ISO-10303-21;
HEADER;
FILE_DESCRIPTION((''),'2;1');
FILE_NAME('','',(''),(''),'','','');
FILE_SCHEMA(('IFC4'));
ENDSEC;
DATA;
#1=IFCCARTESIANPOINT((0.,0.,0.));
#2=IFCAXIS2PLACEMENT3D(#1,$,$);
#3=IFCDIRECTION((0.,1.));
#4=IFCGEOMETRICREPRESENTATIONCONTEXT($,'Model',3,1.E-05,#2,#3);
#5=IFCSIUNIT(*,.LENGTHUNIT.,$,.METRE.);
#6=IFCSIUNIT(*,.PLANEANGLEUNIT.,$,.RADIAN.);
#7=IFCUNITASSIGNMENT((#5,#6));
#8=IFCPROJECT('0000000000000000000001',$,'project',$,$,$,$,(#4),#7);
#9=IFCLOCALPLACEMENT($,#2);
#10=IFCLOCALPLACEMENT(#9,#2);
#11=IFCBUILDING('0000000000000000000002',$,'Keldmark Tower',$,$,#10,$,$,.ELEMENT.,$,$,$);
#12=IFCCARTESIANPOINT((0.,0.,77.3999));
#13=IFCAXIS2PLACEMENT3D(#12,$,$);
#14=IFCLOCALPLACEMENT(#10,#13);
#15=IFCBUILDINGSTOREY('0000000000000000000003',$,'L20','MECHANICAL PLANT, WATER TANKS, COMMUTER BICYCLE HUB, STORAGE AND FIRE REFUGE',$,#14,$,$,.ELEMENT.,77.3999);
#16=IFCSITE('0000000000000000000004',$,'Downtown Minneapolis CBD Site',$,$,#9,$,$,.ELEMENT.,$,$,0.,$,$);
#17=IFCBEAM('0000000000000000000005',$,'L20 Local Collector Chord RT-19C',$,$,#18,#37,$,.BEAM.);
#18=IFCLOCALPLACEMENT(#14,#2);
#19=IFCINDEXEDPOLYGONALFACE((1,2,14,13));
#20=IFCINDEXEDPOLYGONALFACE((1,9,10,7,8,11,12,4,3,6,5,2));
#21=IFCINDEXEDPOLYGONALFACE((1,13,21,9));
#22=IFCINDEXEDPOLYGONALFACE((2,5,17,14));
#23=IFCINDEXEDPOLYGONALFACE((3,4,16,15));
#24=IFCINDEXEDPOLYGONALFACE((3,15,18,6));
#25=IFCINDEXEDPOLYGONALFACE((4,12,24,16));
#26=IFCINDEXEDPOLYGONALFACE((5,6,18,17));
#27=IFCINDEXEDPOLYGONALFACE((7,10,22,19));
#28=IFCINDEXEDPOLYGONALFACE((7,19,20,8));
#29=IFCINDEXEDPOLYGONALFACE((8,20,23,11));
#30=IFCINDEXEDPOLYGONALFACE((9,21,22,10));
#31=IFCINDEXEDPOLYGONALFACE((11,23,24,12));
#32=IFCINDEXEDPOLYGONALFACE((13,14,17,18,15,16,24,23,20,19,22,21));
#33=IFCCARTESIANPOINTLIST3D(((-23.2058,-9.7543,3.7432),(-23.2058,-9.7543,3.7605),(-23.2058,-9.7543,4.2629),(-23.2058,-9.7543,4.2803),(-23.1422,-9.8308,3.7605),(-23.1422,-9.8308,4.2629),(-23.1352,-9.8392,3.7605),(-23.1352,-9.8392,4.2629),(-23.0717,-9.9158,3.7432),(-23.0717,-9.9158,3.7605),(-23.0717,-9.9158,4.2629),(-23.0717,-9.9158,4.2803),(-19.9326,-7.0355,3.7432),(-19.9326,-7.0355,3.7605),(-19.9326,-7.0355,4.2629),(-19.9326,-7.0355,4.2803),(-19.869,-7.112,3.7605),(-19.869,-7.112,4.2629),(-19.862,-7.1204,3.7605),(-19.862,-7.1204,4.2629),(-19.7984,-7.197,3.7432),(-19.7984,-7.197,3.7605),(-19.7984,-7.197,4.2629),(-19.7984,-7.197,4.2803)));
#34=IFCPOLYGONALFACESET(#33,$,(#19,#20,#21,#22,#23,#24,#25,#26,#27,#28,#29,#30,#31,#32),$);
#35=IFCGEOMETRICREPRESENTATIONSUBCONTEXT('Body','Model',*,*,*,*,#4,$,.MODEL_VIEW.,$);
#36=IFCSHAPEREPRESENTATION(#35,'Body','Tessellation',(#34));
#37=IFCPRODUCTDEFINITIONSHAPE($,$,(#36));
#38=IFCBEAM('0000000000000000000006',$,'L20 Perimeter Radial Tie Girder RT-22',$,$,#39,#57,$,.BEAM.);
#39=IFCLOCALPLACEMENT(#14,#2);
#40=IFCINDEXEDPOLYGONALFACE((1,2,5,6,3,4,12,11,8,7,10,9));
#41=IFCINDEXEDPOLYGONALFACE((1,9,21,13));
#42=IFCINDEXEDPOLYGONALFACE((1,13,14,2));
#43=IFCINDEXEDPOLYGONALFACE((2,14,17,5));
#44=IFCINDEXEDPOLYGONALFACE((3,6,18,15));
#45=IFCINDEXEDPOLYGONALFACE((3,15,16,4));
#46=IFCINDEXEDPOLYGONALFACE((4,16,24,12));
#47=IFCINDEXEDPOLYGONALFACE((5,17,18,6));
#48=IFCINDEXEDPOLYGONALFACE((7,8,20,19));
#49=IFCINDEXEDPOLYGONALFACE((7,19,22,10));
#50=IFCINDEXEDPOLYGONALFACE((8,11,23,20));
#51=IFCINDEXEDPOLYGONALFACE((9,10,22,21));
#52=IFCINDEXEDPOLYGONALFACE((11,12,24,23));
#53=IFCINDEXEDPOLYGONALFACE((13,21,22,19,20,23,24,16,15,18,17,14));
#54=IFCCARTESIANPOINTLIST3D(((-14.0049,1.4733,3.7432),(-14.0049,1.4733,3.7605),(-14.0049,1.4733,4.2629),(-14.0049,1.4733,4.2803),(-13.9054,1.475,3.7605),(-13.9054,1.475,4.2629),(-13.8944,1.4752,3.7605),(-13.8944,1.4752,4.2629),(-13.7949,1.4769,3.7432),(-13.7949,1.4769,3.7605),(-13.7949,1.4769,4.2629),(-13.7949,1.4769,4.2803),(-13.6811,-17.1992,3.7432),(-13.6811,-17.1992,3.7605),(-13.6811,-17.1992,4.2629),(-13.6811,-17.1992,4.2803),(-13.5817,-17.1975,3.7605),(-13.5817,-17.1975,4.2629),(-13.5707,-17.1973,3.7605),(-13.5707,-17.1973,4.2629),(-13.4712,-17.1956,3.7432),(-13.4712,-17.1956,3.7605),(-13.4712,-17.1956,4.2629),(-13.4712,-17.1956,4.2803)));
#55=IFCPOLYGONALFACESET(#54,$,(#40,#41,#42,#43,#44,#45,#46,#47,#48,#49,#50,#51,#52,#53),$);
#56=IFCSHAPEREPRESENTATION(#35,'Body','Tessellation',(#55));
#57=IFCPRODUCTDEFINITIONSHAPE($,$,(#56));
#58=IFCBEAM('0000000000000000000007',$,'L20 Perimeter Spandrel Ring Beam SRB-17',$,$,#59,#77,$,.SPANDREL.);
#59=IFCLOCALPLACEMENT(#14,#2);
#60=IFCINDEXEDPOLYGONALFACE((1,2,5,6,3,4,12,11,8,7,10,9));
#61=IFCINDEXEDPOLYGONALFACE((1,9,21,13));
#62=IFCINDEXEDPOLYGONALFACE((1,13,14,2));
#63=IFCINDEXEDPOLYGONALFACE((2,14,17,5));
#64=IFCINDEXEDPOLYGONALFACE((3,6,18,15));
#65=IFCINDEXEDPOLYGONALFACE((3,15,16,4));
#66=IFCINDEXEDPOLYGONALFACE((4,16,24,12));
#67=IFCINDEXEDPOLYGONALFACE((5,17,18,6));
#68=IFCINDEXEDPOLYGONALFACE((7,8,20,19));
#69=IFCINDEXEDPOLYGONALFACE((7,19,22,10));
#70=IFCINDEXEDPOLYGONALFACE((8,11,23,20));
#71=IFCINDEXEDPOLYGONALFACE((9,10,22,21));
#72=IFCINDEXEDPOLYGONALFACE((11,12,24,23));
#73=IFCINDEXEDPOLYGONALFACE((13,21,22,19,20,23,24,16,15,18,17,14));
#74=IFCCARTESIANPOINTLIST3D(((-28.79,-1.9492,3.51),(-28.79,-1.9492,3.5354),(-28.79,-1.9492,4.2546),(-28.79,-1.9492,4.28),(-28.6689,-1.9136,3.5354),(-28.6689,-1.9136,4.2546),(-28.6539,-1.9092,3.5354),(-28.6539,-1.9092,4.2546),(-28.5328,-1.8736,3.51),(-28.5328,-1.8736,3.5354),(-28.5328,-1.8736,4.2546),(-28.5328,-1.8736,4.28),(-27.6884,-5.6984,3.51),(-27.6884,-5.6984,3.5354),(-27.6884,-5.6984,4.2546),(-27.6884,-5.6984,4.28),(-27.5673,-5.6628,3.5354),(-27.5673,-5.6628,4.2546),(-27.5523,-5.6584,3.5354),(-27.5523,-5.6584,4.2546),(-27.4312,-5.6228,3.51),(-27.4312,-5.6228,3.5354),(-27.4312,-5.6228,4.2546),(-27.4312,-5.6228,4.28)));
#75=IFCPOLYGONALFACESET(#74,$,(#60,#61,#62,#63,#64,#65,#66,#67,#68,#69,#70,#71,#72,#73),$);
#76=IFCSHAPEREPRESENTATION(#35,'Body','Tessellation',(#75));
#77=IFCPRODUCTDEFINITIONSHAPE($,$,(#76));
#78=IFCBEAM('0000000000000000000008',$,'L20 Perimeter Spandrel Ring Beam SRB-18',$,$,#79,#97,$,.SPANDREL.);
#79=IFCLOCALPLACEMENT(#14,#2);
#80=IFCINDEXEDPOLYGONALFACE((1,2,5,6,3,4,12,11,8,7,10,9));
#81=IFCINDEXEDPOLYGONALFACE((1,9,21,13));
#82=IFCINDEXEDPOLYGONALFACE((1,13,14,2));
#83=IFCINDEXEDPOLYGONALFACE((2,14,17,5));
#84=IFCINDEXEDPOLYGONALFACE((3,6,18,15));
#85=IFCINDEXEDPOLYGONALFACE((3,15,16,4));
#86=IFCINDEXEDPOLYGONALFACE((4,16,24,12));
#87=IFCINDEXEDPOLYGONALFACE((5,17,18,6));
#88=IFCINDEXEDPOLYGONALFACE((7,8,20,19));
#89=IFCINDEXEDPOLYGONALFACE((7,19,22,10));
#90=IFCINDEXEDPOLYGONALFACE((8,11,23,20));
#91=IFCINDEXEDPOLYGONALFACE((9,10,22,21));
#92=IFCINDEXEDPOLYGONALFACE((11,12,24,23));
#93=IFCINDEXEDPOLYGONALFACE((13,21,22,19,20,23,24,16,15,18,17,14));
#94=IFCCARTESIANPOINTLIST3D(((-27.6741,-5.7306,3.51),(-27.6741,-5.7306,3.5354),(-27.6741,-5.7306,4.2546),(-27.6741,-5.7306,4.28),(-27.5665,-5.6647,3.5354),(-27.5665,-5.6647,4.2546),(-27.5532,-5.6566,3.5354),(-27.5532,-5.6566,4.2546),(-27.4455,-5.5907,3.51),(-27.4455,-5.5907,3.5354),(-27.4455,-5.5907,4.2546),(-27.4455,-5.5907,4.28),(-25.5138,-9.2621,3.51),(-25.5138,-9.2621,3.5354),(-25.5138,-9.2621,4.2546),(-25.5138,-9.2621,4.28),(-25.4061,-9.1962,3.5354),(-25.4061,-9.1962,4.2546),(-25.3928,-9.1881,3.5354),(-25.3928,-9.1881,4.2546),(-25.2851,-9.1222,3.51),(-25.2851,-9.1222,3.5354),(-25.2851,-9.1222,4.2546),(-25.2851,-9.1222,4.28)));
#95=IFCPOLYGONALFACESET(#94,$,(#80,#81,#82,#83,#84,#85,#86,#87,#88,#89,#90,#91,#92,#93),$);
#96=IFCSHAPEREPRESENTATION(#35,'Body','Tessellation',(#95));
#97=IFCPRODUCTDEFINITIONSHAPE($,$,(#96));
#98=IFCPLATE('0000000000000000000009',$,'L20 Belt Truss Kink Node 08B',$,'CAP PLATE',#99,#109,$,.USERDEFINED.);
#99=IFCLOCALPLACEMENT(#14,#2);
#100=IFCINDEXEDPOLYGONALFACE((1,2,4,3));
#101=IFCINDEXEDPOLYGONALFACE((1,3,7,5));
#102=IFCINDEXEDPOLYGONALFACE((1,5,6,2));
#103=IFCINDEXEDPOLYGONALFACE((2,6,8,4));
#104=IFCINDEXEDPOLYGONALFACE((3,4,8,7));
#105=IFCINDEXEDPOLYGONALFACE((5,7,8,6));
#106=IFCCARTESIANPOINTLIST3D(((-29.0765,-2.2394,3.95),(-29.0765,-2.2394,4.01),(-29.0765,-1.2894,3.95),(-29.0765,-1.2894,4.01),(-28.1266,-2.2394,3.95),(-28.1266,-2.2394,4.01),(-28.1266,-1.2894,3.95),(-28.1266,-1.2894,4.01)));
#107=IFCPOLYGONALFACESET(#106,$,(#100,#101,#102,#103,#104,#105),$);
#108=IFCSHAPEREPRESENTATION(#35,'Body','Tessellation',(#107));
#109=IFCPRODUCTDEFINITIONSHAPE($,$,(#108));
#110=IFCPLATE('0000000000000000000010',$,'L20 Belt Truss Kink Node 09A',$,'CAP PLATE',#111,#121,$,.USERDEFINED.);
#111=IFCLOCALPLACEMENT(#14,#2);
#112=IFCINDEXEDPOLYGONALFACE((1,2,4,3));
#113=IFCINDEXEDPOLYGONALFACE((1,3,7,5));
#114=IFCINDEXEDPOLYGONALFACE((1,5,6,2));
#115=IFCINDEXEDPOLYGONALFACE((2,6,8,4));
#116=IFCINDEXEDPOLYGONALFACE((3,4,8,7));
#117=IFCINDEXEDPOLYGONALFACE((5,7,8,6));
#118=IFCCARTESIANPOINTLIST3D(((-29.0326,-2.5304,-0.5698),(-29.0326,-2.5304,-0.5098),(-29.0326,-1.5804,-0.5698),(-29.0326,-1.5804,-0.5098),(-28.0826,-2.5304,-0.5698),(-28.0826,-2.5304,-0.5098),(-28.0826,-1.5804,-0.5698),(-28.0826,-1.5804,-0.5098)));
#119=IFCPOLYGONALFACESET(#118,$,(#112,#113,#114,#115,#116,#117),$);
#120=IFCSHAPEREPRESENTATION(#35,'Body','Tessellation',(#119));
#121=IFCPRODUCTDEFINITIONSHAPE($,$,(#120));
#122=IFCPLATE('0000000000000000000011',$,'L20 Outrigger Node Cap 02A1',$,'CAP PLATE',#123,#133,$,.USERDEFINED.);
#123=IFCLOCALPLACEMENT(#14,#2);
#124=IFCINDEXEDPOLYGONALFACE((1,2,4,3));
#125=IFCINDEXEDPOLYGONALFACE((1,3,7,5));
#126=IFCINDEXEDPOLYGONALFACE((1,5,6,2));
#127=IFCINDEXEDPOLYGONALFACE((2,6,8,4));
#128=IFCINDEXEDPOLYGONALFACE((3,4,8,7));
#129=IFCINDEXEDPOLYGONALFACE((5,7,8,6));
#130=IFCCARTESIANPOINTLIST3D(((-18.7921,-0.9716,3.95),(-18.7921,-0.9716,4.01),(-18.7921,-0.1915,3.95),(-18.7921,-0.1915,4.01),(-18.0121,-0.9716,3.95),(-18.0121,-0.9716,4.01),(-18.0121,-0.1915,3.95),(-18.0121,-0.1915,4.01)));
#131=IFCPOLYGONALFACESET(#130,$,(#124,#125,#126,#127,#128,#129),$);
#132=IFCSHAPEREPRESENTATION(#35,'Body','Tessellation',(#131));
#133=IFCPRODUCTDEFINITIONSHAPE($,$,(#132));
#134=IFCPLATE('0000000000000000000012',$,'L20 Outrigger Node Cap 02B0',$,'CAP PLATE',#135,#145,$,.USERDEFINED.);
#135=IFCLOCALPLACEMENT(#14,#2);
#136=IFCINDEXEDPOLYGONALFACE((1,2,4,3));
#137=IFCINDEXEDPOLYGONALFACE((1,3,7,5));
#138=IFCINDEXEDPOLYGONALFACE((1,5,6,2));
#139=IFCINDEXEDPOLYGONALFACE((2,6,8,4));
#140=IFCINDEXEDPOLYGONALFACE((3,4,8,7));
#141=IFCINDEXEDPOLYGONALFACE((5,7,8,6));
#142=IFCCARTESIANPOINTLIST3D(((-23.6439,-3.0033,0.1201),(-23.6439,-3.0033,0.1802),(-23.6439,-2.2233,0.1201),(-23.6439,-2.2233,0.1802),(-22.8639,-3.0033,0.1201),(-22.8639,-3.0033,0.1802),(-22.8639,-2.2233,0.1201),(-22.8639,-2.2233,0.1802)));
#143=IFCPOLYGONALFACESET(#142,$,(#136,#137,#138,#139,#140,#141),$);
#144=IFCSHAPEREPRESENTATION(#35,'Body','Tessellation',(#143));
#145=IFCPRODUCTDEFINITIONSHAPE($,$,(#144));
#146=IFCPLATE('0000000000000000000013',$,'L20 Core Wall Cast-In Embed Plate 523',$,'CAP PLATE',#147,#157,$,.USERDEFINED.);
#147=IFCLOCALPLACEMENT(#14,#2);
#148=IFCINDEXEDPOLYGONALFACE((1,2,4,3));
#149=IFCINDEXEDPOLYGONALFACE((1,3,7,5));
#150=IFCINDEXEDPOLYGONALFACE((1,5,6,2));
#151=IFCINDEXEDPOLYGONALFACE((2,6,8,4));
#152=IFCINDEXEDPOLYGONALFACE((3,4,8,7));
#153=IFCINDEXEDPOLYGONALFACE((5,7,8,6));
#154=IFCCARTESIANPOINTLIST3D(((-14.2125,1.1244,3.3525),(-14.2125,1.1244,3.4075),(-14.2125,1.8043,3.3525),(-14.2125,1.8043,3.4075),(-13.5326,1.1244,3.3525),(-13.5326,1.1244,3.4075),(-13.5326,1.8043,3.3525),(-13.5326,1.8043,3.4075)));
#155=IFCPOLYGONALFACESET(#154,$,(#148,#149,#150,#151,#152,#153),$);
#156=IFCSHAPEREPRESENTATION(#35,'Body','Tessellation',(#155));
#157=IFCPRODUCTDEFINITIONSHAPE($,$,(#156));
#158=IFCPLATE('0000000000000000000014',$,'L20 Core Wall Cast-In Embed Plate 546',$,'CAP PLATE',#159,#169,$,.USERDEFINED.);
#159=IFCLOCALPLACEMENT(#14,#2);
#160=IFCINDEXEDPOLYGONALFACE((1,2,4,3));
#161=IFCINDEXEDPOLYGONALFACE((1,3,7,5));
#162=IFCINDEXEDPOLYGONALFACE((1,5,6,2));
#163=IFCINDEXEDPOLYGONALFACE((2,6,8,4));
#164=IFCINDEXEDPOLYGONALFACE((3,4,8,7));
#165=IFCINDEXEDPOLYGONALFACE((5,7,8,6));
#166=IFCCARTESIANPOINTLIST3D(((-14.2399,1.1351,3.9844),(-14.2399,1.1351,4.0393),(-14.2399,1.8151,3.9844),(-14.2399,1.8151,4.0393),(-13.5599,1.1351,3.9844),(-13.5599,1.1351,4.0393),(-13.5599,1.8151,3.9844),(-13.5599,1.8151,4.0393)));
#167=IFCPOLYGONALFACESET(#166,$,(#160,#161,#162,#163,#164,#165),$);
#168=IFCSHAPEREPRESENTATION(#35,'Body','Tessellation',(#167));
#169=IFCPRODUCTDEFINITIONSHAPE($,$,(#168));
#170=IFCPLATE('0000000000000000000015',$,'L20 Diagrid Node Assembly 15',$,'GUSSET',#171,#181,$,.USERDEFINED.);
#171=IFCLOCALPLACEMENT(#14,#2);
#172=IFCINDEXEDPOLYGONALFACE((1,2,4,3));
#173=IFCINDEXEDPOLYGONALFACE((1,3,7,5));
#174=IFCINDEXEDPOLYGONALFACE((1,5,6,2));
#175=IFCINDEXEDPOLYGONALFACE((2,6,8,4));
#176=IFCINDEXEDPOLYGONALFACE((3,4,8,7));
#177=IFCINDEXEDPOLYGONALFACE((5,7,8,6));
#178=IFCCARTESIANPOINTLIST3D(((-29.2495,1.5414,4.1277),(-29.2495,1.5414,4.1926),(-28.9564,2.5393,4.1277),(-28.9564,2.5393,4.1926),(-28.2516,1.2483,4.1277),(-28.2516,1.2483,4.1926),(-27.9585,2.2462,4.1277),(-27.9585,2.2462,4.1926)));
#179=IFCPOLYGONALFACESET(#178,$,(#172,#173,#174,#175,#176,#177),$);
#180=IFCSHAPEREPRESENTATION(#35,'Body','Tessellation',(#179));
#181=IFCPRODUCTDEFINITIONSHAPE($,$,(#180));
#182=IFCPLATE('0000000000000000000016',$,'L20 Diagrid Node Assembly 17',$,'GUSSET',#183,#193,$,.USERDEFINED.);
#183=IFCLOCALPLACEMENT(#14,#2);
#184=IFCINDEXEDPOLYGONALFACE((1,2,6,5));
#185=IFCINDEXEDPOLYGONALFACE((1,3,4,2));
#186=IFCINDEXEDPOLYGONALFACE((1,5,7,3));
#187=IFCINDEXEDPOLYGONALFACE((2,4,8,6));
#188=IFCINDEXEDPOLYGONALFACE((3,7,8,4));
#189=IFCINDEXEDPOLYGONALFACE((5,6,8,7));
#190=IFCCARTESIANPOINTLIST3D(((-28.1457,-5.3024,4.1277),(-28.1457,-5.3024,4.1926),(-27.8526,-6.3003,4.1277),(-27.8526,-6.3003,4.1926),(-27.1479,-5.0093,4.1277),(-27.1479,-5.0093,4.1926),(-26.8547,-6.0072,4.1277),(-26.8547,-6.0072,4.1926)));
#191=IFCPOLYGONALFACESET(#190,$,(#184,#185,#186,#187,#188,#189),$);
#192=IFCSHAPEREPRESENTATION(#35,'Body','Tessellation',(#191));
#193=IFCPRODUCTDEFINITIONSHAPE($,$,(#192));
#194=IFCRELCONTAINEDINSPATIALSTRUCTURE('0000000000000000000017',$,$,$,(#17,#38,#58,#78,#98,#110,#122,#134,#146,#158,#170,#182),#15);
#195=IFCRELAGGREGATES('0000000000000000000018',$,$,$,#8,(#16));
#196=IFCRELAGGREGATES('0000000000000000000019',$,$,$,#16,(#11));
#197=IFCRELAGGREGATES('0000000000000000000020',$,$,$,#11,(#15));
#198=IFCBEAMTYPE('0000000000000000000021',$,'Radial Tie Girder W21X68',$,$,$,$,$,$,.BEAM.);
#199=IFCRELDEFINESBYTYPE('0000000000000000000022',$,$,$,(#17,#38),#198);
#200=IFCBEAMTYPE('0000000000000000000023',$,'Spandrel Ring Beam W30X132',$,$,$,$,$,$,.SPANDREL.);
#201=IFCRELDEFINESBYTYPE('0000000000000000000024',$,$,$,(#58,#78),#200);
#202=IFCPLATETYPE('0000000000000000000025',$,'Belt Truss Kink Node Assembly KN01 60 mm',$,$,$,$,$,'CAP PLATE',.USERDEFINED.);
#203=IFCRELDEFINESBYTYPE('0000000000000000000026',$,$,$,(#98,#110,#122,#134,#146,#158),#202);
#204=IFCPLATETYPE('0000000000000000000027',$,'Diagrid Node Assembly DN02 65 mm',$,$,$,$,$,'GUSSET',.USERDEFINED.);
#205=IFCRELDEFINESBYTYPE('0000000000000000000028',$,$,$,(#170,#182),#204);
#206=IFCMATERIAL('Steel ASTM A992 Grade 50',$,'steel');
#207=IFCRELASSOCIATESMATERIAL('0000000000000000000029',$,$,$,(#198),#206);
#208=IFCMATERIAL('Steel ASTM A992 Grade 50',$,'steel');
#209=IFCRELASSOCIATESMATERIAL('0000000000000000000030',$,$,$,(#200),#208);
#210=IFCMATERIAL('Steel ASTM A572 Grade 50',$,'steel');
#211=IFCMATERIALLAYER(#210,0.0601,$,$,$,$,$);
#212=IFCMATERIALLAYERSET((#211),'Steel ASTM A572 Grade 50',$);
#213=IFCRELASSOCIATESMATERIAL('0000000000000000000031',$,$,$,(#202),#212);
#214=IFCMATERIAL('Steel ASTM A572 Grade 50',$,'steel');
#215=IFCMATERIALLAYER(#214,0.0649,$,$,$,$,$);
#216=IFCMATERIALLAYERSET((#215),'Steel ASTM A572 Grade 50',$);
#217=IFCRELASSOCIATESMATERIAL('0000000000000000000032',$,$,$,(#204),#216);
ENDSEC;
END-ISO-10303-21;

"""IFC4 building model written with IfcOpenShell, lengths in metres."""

from ifc_helpers import new_model, si_unit, direction, frame, origin, origin_2d, place, context, subcontext, project, spatial, rectangle, i_section, extrude, material, layer, layer_set, material_profile, profile_set, type_object, element, save


model = new_model("IFC4")

# Units and contexts
model_context = context("Model", 3, precision=1e-05, world=origin(), true_north=direction((0.0, 1.0)))
body_context = subcontext(model_context, "Body", "Model", "MODEL_VIEW")
ifc_project = project(units=[si_unit("LENGTHUNIT", "METRE"), si_unit("PLANEANGLEUNIT", "RADIAN")], contexts=[model_context])

# Site, building, storey
site_placement = place(None, origin())
site = spatial("IfcSite", under=ifc_project, at=site_placement, Name="Downtown Minneapolis CBD Site", CompositionType="ELEMENT", RefElevation=0.0)
building_placement = place(site_placement, origin())
building = spatial("IfcBuilding", under=site, at=building_placement, Name="Keldmark Tower", CompositionType="ELEMENT")
storey_placement = place(building_placement, frame((0.0, 0.0, 77.3999)))
storey = spatial("IfcBuildingStorey", under=building, at=storey_placement, Name="L20", Description="MECHANICAL PLANT, WATER TANKS, COMMUTER BICYCLE HUB, STORAGE AND FIRE REFUGE", CompositionType="ELEMENT", Elevation=77.3999)

# Beams
ifc_material_1 = material(Name="Steel ASTM A992 Grade 50", Category="steel")
ifc_material_profile_1 = material_profile(ifc_material_1, i_section(OverallWidth=0.21, OverallDepth=0.5371, WebThickness=0.011, FlangeThickness=0.0173, at=origin_2d()), Name="W21X68")
ifc_profile_set_1 = profile_set([ifc_material_profile_1], Name="Steel ASTM A992 Grade 50")
beam_type_1 = type_object("IfcBeamType", Name="Radial Tie Girder W21X68", PredefinedType="BEAM", material=ifc_profile_set_1)
beam_1_placement = place(storey_placement, frame((-19.8655, -7.1162, 4.0117), z_axis=(-0.76925, -0.638948, 0.0), x_axis=(0.638948, -0.76925, 0.0)))
element("IfcBeam", 1, at=beam_1_placement, inside=storey, type_object=beam_type_1, Name="L20 Local Collector Chord RT-19C", PredefinedType="BEAM", context=body_context, shape_type="SweptSolid", body=[
    extrude(i_section(OverallWidth=0.21, OverallDepth=0.5371, WebThickness=0.011, FlangeThickness=0.0173, at=origin_2d()), origin(), (0.0, 0.0, 1.0), 4.2551),
])
beam_2_placement = place(storey_placement, frame((-13.8999, 1.4751, 4.0117), z_axis=(0.017335, -0.99985, 0.0), x_axis=(0.99985, 0.017335, 0.0)))
element("IfcBeam", 2, at=beam_2_placement, inside=storey, type_object=beam_type_1, Name="L20 Perimeter Radial Tie Girder RT-22", PredefinedType="BEAM", context=body_context, shape_type="SweptSolid", body=[
    extrude(i_section(OverallWidth=0.21, OverallDepth=0.5371, WebThickness=0.011, FlangeThickness=0.0173, at=origin_2d()), origin(), (0.0, 0.0, 1.0), 18.6753),
])
ifc_material_2 = material(Name="Steel ASTM A992 Grade 50", Category="steel")
ifc_material_profile_2 = material_profile(ifc_material_2, i_section(OverallWidth=0.2681, OverallDepth=0.77, WebThickness=0.0156, FlangeThickness=0.0254, at=origin_2d()), Name="W30X132")
ifc_profile_set_2 = profile_set([ifc_material_profile_2], Name="Steel ASTM A992 Grade 50")
beam_type_2 = type_object("IfcBeamType", Name="Spandrel Ring Beam W30X132", PredefinedType="SPANDREL", material=ifc_profile_set_2)
beam_3_placement = place(storey_placement, frame((-28.6614, -1.9114, 3.895), z_axis=(0.281892, -0.959446, 0.0), x_axis=(0.959446, 0.281892, 0.0)))
element("IfcBeam", 3, at=beam_3_placement, inside=storey, type_object=beam_type_2, Name="L20 Perimeter Spandrel Ring Beam SRB-17", PredefinedType="SPANDREL", context=body_context, shape_type="SweptSolid", body=[
    extrude(i_section(OverallWidth=0.2681, OverallDepth=0.77, WebThickness=0.0156, FlangeThickness=0.0254, at=origin_2d()), origin(), (0.0, 0.0, 1.0), 3.9077),
])
beam_4_placement = place(storey_placement, frame((-27.5598, -5.6606, 3.895), z_axis=(0.521848, -0.853038, 0.0), x_axis=(0.853038, 0.521848, 0.0)))
element("IfcBeam", 4, at=beam_4_placement, inside=storey, type_object=beam_type_2, Name="L20 Perimeter Spandrel Ring Beam SRB-18", PredefinedType="SPANDREL", context=body_context, shape_type="SweptSolid", body=[
    extrude(i_section(OverallWidth=0.2681, OverallDepth=0.77, WebThickness=0.0156, FlangeThickness=0.0254, at=origin_2d()), origin(), (0.0, 0.0, 1.0), 4.1399),
])

# Plates
ifc_material_3 = material(Name="Steel ASTM A572 Grade 50", Category="steel")
ifc_layer_1 = layer(ifc_material_3, 0.0601)
ifc_layer_set_1 = layer_set([ifc_layer_1], Name="Steel ASTM A572 Grade 50")
plate_type_1 = type_object("IfcPlateType", Name="Belt Truss Kink Node Assembly KN01 60 mm", ElementType="CAP PLATE", PredefinedType="USERDEFINED", material=ifc_layer_set_1)
for number, where, z_axis, x_axis, name in (
    (5, (-28.6016, -1.7644, 3.95), (0.0, 0.0, 1.0), (1.0, 0.0, 0.0), "L20 Belt Truss Kink Node 08B"),
    (6, (-28.5576, -2.0554, -0.5698), (0.0, 0.0, 1.0), (1.0, 0.0, 0.0), "L20 Belt Truss Kink Node 09A"),
):
    element("IfcPlate", number, at=place(storey_placement, frame(where, z_axis=z_axis, x_axis=x_axis)), inside=storey, type_object=plate_type_1, Name=name, ObjectType="CAP PLATE", PredefinedType="USERDEFINED", context=body_context, shape_type="SweptSolid", body=[
        extrude(rectangle(XDim=0.95, YDim=0.95, at=origin_2d()), origin(), (0.0, 0.0, 1.0), 0.0601),
    ])
for number, where, z_axis, x_axis, name in (
    (7, (-18.4021, -0.5815, 3.95), (0.0, 0.0, 1.0), (1.0, 0.0, 0.0), "L20 Outrigger Node Cap 02A1"),
    (8, (-23.2539, -2.6133, 0.1201), (0.0, 0.0, 1.0), (1.0, 0.0, 0.0), "L20 Outrigger Node Cap 02B0"),
):
    element("IfcPlate", number, at=place(storey_placement, frame(where, z_axis=z_axis, x_axis=x_axis)), inside=storey, type_object=plate_type_1, Name=name, ObjectType="CAP PLATE", PredefinedType="USERDEFINED", context=body_context, shape_type="SweptSolid", body=[
        extrude(rectangle(XDim=0.78, YDim=0.78, at=origin_2d()), origin(), (0.0, 0.0, 1.0), 0.0601),
    ])
for number, where, z_axis, x_axis, name in (
    (9, (-13.8726, 1.4644, 3.3525), (0.0, 0.0, 1.0), (1.0, 0.0, 0.0), "L20 Core Wall Cast-In Embed Plate 523"),
    (10, (-13.8999, 1.4751, 3.9844), (0.0, 0.0, 1.0), (1.0, 0.0, 0.0), "L20 Core Wall Cast-In Embed Plate 546"),
):
    element("IfcPlate", number, at=place(storey_placement, frame(where, z_axis=z_axis, x_axis=x_axis)), inside=storey, type_object=plate_type_1, Name=name, ObjectType="CAP PLATE", PredefinedType="USERDEFINED", context=body_context, shape_type="SweptSolid", body=[
        extrude(rectangle(XDim=0.6799, YDim=0.6799, at=origin_2d()), origin(), (0.0, 0.0, 1.0), 0.0549),
    ])
ifc_material_4 = material(Name="Steel ASTM A572 Grade 50", Category="steel")
ifc_layer_2 = layer(ifc_material_4, 0.0649)
ifc_layer_set_2 = layer_set([ifc_layer_2], Name="Steel ASTM A572 Grade 50")
plate_type_2 = type_object("IfcPlateType", Name="Diagrid Node Assembly DN02 65 mm", ElementType="GUSSET", PredefinedType="USERDEFINED", material=ifc_layer_set_2)
for number, where, z_axis, x_axis, name in (
    (11, (-28.604, 1.8938, 4.1277), (0.0, 0.0, 1.0), (-0.281839, -0.959462, 0.0), "L20 Diagrid Node Assembly 15"),
    (12, (-27.5002, -5.6548, 4.1277), (0.0, 0.0, 1.0), (0.281839, -0.959462, 0.0), "L20 Diagrid Node Assembly 17"),
):
    element("IfcPlate", number, at=place(storey_placement, frame(where, z_axis=z_axis, x_axis=x_axis)), inside=storey, type_object=plate_type_2, Name=name, ObjectType="GUSSET", PredefinedType="USERDEFINED", context=body_context, shape_type="SweptSolid", body=[
        extrude(rectangle(XDim=1.04, YDim=1.04, at=origin_2d()), origin(), (0.0, 0.0, 1.0), 0.0649),
    ])

save(model, "model.ifc")
